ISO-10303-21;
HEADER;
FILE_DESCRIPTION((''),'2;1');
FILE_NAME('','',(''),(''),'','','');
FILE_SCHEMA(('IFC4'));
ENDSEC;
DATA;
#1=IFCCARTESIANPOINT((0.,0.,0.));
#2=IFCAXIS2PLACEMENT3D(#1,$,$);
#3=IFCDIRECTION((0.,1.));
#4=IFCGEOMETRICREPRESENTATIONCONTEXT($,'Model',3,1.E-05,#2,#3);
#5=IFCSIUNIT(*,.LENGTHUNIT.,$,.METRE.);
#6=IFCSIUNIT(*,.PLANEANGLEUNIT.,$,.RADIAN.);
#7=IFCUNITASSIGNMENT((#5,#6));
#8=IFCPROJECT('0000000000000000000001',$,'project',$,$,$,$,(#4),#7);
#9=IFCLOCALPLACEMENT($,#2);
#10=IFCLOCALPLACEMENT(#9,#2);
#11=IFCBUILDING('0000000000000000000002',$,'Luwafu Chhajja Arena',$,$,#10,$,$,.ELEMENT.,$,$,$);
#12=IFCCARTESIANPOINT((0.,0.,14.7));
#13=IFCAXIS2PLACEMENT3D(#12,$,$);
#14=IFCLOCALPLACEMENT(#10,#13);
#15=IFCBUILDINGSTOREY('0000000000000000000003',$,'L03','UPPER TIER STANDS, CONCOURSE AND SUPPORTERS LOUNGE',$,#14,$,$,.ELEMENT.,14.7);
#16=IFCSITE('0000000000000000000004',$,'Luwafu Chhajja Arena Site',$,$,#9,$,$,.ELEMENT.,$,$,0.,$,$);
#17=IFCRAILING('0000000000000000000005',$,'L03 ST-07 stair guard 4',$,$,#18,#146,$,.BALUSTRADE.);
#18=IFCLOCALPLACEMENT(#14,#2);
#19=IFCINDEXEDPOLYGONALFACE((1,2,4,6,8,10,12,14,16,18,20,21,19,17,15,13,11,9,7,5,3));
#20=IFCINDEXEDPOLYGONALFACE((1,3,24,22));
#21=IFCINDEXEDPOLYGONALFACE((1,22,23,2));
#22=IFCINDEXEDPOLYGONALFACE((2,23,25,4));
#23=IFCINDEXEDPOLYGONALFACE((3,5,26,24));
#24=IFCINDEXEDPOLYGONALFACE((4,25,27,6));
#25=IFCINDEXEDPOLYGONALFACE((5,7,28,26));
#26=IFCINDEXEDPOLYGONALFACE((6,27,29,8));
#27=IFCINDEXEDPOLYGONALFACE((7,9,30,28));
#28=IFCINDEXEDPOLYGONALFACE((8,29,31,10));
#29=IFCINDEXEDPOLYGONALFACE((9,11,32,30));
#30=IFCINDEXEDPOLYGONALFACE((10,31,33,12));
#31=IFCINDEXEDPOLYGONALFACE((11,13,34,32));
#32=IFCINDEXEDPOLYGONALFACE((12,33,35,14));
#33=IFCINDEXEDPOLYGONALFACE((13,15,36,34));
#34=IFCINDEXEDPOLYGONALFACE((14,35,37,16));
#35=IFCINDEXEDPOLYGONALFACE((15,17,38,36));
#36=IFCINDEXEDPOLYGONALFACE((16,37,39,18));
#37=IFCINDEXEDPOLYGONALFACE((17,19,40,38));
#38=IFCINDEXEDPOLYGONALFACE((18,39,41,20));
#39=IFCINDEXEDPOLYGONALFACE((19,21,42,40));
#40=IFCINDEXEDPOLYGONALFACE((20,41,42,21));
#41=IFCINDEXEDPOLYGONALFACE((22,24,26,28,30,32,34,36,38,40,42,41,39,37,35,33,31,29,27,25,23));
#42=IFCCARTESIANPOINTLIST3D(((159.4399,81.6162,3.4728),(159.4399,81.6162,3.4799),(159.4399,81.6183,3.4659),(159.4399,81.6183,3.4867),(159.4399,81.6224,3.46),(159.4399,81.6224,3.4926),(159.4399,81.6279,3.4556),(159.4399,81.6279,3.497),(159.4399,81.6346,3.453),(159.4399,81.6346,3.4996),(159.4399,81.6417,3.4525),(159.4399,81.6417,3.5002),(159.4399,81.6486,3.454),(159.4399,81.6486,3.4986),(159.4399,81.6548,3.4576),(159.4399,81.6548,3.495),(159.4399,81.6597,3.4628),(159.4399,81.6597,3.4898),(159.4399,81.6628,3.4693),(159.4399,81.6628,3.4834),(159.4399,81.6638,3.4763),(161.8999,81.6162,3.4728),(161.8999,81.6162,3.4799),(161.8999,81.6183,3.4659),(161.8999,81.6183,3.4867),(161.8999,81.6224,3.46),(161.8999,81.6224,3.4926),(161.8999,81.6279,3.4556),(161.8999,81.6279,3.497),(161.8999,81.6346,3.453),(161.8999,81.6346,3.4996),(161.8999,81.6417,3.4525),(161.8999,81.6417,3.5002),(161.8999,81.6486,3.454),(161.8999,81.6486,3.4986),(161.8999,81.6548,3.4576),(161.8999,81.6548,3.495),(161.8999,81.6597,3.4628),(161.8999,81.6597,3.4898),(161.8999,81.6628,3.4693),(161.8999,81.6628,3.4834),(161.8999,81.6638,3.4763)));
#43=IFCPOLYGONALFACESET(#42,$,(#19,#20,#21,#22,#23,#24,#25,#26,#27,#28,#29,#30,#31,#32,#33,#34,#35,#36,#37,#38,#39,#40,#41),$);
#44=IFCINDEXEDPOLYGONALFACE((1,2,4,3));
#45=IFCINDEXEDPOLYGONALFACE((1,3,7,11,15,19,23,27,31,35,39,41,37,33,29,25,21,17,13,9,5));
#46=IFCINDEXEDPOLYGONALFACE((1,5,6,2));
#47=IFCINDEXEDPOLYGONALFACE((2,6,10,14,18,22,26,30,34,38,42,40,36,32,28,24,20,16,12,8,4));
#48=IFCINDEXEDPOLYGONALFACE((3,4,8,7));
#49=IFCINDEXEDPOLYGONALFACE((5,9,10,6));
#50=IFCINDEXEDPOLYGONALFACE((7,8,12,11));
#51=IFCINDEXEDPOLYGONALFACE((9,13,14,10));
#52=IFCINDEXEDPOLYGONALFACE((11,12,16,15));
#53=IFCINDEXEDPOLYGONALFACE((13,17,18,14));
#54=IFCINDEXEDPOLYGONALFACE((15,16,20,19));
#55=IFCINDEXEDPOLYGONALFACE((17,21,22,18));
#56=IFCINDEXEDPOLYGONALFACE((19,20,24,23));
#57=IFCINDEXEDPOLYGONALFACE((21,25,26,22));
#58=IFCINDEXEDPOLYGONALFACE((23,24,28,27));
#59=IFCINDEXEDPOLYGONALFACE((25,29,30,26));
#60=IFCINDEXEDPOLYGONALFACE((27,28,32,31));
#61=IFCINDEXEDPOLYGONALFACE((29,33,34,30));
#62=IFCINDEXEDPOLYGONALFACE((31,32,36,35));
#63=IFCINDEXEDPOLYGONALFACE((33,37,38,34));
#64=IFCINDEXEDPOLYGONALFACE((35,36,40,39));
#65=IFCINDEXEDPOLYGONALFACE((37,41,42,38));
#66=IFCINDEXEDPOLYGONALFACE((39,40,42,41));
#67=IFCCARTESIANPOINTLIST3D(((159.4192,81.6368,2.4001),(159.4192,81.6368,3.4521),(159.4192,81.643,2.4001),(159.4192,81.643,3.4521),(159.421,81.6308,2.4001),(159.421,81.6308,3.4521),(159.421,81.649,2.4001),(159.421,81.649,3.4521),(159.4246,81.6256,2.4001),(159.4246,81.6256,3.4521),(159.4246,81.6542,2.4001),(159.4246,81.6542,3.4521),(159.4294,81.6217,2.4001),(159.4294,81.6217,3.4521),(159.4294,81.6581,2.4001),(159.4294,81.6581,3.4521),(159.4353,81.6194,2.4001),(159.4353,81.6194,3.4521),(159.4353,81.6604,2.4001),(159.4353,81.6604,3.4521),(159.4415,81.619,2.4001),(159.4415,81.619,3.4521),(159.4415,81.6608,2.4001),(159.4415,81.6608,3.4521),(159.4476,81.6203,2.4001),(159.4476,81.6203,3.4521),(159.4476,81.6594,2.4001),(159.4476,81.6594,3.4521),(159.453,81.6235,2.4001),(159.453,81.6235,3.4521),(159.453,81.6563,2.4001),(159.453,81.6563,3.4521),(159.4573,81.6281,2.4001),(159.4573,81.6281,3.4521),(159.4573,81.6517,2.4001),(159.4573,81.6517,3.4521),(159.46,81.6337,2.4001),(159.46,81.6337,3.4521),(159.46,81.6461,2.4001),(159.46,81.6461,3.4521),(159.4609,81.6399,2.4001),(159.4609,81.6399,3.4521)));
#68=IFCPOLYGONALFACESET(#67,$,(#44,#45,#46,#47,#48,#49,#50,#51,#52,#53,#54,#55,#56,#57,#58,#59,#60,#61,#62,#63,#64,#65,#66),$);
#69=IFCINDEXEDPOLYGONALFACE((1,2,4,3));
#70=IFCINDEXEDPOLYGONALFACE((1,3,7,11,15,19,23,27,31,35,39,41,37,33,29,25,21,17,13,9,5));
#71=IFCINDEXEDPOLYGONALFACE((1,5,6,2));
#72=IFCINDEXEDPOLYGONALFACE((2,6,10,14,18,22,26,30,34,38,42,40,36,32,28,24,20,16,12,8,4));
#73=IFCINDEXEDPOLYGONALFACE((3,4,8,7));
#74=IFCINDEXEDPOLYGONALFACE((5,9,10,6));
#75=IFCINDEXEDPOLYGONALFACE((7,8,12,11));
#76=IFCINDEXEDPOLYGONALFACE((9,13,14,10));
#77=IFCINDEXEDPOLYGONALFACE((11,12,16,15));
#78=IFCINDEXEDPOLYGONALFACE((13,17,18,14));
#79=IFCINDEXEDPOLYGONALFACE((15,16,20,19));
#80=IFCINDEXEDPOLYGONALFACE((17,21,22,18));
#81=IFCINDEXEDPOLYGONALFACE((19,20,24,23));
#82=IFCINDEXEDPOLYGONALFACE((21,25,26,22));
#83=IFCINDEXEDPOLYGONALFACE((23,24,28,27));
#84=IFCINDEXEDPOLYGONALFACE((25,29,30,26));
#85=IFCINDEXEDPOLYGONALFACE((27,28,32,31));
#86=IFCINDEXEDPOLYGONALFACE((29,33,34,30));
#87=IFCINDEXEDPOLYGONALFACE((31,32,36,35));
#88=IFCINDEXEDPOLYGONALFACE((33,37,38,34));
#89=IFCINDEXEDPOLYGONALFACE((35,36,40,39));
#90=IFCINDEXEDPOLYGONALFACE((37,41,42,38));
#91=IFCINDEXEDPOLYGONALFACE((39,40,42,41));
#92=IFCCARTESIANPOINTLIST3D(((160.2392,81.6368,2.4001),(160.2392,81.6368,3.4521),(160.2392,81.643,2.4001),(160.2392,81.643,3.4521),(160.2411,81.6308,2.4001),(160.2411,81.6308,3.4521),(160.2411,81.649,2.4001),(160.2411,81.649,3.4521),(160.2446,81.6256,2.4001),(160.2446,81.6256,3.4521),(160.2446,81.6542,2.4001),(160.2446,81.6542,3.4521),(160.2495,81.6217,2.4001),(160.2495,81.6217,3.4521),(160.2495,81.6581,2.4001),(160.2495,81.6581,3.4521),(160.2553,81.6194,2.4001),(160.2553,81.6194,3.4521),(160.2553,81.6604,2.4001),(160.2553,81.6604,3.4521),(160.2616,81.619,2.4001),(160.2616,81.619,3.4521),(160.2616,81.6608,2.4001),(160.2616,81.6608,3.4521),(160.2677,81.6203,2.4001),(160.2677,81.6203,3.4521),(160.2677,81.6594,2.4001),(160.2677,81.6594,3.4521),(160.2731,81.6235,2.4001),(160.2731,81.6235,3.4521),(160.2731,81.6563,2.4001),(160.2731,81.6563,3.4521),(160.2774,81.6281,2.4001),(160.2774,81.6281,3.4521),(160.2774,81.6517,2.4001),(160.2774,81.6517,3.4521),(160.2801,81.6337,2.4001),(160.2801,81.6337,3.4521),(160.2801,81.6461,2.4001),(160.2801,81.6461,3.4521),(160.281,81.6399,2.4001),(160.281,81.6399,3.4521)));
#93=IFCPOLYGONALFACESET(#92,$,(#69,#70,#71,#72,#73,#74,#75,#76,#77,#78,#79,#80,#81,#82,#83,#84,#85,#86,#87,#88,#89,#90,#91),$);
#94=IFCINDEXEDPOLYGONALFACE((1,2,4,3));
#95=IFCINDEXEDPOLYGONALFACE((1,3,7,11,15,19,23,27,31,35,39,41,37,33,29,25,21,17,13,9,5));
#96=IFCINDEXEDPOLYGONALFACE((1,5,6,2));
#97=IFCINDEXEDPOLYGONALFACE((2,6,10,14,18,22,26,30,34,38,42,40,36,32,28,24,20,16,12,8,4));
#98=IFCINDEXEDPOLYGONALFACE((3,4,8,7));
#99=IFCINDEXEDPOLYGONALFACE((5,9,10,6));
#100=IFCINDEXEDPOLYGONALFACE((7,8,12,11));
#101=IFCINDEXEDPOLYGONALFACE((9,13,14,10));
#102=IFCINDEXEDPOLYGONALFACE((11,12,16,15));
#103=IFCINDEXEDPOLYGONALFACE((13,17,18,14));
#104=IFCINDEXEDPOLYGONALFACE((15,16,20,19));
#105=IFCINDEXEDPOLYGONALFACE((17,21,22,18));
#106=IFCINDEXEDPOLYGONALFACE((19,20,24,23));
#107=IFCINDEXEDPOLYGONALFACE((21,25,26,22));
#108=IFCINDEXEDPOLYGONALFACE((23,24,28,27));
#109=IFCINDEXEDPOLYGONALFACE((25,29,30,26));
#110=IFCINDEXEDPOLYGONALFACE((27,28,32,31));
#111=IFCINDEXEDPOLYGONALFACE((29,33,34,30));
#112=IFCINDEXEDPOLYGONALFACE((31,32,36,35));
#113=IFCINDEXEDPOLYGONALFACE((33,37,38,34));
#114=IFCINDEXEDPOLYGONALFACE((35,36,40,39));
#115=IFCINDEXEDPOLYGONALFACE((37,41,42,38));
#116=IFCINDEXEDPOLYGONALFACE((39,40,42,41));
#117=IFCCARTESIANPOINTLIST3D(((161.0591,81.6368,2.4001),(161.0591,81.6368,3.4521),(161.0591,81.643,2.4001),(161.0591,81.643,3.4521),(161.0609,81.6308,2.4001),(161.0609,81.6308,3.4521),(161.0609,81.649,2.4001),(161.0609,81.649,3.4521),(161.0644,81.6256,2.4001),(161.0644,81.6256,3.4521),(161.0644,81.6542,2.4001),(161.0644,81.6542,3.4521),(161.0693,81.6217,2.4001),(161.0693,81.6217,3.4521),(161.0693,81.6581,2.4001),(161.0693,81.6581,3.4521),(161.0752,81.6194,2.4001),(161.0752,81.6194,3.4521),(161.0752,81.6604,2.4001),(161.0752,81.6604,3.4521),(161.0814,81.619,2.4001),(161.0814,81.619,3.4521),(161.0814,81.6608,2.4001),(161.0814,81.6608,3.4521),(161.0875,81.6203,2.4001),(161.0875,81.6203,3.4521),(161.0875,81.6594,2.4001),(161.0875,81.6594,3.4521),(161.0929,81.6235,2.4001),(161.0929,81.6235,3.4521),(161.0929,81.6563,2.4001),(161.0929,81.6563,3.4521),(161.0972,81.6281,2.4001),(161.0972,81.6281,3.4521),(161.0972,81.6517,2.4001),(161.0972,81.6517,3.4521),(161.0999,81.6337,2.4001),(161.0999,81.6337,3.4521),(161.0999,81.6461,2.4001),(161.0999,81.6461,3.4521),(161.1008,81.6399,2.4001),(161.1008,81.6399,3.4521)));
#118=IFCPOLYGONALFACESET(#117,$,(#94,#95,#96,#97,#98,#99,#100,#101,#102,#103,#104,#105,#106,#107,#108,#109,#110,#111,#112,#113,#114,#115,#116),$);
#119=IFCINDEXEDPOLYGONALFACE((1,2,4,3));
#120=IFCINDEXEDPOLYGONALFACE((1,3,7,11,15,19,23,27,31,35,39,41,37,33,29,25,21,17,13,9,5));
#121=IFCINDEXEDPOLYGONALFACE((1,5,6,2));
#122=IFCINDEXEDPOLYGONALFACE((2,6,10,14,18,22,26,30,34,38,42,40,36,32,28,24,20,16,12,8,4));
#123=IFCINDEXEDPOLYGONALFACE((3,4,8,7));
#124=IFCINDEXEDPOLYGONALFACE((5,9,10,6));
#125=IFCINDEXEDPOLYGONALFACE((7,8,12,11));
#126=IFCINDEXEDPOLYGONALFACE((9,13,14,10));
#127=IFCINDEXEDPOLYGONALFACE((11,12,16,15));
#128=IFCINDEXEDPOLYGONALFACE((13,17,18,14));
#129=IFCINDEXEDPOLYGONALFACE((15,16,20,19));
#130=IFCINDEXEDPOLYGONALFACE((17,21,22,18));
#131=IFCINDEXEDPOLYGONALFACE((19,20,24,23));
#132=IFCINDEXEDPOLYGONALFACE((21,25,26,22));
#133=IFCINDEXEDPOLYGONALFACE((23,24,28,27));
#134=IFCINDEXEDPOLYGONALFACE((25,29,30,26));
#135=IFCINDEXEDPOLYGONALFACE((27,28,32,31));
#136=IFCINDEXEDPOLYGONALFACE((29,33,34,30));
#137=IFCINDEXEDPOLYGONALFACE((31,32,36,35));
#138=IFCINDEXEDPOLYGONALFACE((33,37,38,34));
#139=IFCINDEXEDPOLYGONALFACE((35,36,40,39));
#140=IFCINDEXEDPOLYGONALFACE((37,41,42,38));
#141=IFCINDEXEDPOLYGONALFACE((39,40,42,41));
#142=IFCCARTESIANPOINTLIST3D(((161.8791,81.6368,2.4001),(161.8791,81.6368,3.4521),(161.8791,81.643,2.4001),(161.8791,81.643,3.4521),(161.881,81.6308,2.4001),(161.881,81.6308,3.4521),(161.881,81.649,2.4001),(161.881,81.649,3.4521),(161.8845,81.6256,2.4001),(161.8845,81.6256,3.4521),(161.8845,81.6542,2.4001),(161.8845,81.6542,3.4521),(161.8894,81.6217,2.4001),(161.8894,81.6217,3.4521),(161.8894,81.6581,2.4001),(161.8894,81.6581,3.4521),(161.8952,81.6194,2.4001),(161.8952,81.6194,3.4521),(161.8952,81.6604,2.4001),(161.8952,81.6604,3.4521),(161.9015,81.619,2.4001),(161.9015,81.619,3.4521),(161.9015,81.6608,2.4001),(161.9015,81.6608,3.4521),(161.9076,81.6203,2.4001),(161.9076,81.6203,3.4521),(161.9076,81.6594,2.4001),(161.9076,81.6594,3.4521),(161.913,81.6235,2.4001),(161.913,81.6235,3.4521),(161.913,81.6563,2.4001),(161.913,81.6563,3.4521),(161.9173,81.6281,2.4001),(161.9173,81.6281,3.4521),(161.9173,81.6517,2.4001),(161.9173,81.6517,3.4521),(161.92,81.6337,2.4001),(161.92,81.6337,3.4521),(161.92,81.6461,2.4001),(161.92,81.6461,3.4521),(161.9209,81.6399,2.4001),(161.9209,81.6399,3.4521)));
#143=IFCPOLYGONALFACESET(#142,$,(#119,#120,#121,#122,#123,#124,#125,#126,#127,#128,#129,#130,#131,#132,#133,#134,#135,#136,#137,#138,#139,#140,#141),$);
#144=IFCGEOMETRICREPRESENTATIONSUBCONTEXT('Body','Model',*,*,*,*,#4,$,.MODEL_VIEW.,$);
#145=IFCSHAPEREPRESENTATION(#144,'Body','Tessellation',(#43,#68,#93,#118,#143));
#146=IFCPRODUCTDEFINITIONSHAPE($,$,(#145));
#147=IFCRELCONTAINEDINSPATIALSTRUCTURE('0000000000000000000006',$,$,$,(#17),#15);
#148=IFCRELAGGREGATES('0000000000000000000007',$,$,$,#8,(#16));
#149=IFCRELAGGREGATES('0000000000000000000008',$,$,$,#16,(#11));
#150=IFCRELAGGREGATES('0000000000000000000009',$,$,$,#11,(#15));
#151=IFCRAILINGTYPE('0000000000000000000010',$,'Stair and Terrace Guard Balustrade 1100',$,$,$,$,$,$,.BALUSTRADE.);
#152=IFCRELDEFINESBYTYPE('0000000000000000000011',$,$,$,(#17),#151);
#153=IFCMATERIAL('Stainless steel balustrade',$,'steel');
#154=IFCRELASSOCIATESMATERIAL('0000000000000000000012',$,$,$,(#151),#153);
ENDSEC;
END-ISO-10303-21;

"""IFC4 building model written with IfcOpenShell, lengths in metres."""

from ifc_helpers import new_model, si_unit, direction, frame, origin, origin_2d, place, context, subcontext, project, spatial, circle, extrude, material, type_object, element, save


model = new_model("IFC4")

# Units and contexts
model_context = context("Model", 3, precision=1e-05, world=origin(), true_north=direction((0.0, 1.0)))
body_context = subcontext(model_context, "Body", "Model", "MODEL_VIEW")
ifc_project = project(units=[si_unit("LENGTHUNIT", "METRE"), si_unit("PLANEANGLEUNIT", "RADIAN")], contexts=[model_context])

# Site, building, storey
site_placement = place(None, origin())
site = spatial("IfcSite", under=ifc_project, at=site_placement, Name="Luwafu Chhajja Arena Site", CompositionType="ELEMENT", RefElevation=0.0)
building_placement = place(site_placement, origin())
building = spatial("IfcBuilding", under=site, at=building_placement, Name="Luwafu Chhajja Arena", CompositionType="ELEMENT")
storey_placement = place(building_placement, frame((0.0, 0.0, 14.7)))
storey = spatial("IfcBuildingStorey", under=building, at=storey_placement, Name="L03", Description="UPPER TIER STANDS, CONCOURSE AND SUPPORTERS LOUNGE", CompositionType="ELEMENT", Elevation=14.7)

# Railing
ifc_material_1 = material(Name="Stainless steel balustrade", Category="steel")
railing_type_1 = type_object("IfcRailingType", Name="Stair and Terrace Guard Balustrade 1100", PredefinedType="BALUSTRADE", material=ifc_material_1)
for number, where, name in (
    (1, (159.4399, 81.6399, 2.4001), "L03 ST-07 stair guard 4"),
):
    element("IfcRailing", number, at=place(storey_placement, frame(where)), inside=storey, type_object=railing_type_1, Name=name, PredefinedType="BALUSTRADE", context=body_context, shape_type="SweptSolid", body=[
        extrude(circle(Radius=0.0239, at=origin_2d()), frame((0.0, 0.0, 1.0762), z_axis=(1.0, 0.0, 0.0), x_axis=(0.0, 1.0, 0.0)), (0.0, 0.0, 1.0), 2.46),
        extrude(circle(Radius=0.021, at=origin_2d()), origin(), (0.0, 0.0, 1.0), 1.052),
        extrude(circle(Radius=0.021, at=origin_2d()), frame((0.8201, 0.0, 0.0)), (0.0, 0.0, 1.0), 1.052),
        extrude(circle(Radius=0.021, at=origin_2d()), frame((1.6399, 0.0, 0.0)), (0.0, 0.0, 1.0), 1.052),
        extrude(circle(Radius=0.021, at=origin_2d()), frame((2.46, 0.0, 0.0)), (0.0, 0.0, 1.0), 1.052),
    ])

save(model, "model.ifc")
